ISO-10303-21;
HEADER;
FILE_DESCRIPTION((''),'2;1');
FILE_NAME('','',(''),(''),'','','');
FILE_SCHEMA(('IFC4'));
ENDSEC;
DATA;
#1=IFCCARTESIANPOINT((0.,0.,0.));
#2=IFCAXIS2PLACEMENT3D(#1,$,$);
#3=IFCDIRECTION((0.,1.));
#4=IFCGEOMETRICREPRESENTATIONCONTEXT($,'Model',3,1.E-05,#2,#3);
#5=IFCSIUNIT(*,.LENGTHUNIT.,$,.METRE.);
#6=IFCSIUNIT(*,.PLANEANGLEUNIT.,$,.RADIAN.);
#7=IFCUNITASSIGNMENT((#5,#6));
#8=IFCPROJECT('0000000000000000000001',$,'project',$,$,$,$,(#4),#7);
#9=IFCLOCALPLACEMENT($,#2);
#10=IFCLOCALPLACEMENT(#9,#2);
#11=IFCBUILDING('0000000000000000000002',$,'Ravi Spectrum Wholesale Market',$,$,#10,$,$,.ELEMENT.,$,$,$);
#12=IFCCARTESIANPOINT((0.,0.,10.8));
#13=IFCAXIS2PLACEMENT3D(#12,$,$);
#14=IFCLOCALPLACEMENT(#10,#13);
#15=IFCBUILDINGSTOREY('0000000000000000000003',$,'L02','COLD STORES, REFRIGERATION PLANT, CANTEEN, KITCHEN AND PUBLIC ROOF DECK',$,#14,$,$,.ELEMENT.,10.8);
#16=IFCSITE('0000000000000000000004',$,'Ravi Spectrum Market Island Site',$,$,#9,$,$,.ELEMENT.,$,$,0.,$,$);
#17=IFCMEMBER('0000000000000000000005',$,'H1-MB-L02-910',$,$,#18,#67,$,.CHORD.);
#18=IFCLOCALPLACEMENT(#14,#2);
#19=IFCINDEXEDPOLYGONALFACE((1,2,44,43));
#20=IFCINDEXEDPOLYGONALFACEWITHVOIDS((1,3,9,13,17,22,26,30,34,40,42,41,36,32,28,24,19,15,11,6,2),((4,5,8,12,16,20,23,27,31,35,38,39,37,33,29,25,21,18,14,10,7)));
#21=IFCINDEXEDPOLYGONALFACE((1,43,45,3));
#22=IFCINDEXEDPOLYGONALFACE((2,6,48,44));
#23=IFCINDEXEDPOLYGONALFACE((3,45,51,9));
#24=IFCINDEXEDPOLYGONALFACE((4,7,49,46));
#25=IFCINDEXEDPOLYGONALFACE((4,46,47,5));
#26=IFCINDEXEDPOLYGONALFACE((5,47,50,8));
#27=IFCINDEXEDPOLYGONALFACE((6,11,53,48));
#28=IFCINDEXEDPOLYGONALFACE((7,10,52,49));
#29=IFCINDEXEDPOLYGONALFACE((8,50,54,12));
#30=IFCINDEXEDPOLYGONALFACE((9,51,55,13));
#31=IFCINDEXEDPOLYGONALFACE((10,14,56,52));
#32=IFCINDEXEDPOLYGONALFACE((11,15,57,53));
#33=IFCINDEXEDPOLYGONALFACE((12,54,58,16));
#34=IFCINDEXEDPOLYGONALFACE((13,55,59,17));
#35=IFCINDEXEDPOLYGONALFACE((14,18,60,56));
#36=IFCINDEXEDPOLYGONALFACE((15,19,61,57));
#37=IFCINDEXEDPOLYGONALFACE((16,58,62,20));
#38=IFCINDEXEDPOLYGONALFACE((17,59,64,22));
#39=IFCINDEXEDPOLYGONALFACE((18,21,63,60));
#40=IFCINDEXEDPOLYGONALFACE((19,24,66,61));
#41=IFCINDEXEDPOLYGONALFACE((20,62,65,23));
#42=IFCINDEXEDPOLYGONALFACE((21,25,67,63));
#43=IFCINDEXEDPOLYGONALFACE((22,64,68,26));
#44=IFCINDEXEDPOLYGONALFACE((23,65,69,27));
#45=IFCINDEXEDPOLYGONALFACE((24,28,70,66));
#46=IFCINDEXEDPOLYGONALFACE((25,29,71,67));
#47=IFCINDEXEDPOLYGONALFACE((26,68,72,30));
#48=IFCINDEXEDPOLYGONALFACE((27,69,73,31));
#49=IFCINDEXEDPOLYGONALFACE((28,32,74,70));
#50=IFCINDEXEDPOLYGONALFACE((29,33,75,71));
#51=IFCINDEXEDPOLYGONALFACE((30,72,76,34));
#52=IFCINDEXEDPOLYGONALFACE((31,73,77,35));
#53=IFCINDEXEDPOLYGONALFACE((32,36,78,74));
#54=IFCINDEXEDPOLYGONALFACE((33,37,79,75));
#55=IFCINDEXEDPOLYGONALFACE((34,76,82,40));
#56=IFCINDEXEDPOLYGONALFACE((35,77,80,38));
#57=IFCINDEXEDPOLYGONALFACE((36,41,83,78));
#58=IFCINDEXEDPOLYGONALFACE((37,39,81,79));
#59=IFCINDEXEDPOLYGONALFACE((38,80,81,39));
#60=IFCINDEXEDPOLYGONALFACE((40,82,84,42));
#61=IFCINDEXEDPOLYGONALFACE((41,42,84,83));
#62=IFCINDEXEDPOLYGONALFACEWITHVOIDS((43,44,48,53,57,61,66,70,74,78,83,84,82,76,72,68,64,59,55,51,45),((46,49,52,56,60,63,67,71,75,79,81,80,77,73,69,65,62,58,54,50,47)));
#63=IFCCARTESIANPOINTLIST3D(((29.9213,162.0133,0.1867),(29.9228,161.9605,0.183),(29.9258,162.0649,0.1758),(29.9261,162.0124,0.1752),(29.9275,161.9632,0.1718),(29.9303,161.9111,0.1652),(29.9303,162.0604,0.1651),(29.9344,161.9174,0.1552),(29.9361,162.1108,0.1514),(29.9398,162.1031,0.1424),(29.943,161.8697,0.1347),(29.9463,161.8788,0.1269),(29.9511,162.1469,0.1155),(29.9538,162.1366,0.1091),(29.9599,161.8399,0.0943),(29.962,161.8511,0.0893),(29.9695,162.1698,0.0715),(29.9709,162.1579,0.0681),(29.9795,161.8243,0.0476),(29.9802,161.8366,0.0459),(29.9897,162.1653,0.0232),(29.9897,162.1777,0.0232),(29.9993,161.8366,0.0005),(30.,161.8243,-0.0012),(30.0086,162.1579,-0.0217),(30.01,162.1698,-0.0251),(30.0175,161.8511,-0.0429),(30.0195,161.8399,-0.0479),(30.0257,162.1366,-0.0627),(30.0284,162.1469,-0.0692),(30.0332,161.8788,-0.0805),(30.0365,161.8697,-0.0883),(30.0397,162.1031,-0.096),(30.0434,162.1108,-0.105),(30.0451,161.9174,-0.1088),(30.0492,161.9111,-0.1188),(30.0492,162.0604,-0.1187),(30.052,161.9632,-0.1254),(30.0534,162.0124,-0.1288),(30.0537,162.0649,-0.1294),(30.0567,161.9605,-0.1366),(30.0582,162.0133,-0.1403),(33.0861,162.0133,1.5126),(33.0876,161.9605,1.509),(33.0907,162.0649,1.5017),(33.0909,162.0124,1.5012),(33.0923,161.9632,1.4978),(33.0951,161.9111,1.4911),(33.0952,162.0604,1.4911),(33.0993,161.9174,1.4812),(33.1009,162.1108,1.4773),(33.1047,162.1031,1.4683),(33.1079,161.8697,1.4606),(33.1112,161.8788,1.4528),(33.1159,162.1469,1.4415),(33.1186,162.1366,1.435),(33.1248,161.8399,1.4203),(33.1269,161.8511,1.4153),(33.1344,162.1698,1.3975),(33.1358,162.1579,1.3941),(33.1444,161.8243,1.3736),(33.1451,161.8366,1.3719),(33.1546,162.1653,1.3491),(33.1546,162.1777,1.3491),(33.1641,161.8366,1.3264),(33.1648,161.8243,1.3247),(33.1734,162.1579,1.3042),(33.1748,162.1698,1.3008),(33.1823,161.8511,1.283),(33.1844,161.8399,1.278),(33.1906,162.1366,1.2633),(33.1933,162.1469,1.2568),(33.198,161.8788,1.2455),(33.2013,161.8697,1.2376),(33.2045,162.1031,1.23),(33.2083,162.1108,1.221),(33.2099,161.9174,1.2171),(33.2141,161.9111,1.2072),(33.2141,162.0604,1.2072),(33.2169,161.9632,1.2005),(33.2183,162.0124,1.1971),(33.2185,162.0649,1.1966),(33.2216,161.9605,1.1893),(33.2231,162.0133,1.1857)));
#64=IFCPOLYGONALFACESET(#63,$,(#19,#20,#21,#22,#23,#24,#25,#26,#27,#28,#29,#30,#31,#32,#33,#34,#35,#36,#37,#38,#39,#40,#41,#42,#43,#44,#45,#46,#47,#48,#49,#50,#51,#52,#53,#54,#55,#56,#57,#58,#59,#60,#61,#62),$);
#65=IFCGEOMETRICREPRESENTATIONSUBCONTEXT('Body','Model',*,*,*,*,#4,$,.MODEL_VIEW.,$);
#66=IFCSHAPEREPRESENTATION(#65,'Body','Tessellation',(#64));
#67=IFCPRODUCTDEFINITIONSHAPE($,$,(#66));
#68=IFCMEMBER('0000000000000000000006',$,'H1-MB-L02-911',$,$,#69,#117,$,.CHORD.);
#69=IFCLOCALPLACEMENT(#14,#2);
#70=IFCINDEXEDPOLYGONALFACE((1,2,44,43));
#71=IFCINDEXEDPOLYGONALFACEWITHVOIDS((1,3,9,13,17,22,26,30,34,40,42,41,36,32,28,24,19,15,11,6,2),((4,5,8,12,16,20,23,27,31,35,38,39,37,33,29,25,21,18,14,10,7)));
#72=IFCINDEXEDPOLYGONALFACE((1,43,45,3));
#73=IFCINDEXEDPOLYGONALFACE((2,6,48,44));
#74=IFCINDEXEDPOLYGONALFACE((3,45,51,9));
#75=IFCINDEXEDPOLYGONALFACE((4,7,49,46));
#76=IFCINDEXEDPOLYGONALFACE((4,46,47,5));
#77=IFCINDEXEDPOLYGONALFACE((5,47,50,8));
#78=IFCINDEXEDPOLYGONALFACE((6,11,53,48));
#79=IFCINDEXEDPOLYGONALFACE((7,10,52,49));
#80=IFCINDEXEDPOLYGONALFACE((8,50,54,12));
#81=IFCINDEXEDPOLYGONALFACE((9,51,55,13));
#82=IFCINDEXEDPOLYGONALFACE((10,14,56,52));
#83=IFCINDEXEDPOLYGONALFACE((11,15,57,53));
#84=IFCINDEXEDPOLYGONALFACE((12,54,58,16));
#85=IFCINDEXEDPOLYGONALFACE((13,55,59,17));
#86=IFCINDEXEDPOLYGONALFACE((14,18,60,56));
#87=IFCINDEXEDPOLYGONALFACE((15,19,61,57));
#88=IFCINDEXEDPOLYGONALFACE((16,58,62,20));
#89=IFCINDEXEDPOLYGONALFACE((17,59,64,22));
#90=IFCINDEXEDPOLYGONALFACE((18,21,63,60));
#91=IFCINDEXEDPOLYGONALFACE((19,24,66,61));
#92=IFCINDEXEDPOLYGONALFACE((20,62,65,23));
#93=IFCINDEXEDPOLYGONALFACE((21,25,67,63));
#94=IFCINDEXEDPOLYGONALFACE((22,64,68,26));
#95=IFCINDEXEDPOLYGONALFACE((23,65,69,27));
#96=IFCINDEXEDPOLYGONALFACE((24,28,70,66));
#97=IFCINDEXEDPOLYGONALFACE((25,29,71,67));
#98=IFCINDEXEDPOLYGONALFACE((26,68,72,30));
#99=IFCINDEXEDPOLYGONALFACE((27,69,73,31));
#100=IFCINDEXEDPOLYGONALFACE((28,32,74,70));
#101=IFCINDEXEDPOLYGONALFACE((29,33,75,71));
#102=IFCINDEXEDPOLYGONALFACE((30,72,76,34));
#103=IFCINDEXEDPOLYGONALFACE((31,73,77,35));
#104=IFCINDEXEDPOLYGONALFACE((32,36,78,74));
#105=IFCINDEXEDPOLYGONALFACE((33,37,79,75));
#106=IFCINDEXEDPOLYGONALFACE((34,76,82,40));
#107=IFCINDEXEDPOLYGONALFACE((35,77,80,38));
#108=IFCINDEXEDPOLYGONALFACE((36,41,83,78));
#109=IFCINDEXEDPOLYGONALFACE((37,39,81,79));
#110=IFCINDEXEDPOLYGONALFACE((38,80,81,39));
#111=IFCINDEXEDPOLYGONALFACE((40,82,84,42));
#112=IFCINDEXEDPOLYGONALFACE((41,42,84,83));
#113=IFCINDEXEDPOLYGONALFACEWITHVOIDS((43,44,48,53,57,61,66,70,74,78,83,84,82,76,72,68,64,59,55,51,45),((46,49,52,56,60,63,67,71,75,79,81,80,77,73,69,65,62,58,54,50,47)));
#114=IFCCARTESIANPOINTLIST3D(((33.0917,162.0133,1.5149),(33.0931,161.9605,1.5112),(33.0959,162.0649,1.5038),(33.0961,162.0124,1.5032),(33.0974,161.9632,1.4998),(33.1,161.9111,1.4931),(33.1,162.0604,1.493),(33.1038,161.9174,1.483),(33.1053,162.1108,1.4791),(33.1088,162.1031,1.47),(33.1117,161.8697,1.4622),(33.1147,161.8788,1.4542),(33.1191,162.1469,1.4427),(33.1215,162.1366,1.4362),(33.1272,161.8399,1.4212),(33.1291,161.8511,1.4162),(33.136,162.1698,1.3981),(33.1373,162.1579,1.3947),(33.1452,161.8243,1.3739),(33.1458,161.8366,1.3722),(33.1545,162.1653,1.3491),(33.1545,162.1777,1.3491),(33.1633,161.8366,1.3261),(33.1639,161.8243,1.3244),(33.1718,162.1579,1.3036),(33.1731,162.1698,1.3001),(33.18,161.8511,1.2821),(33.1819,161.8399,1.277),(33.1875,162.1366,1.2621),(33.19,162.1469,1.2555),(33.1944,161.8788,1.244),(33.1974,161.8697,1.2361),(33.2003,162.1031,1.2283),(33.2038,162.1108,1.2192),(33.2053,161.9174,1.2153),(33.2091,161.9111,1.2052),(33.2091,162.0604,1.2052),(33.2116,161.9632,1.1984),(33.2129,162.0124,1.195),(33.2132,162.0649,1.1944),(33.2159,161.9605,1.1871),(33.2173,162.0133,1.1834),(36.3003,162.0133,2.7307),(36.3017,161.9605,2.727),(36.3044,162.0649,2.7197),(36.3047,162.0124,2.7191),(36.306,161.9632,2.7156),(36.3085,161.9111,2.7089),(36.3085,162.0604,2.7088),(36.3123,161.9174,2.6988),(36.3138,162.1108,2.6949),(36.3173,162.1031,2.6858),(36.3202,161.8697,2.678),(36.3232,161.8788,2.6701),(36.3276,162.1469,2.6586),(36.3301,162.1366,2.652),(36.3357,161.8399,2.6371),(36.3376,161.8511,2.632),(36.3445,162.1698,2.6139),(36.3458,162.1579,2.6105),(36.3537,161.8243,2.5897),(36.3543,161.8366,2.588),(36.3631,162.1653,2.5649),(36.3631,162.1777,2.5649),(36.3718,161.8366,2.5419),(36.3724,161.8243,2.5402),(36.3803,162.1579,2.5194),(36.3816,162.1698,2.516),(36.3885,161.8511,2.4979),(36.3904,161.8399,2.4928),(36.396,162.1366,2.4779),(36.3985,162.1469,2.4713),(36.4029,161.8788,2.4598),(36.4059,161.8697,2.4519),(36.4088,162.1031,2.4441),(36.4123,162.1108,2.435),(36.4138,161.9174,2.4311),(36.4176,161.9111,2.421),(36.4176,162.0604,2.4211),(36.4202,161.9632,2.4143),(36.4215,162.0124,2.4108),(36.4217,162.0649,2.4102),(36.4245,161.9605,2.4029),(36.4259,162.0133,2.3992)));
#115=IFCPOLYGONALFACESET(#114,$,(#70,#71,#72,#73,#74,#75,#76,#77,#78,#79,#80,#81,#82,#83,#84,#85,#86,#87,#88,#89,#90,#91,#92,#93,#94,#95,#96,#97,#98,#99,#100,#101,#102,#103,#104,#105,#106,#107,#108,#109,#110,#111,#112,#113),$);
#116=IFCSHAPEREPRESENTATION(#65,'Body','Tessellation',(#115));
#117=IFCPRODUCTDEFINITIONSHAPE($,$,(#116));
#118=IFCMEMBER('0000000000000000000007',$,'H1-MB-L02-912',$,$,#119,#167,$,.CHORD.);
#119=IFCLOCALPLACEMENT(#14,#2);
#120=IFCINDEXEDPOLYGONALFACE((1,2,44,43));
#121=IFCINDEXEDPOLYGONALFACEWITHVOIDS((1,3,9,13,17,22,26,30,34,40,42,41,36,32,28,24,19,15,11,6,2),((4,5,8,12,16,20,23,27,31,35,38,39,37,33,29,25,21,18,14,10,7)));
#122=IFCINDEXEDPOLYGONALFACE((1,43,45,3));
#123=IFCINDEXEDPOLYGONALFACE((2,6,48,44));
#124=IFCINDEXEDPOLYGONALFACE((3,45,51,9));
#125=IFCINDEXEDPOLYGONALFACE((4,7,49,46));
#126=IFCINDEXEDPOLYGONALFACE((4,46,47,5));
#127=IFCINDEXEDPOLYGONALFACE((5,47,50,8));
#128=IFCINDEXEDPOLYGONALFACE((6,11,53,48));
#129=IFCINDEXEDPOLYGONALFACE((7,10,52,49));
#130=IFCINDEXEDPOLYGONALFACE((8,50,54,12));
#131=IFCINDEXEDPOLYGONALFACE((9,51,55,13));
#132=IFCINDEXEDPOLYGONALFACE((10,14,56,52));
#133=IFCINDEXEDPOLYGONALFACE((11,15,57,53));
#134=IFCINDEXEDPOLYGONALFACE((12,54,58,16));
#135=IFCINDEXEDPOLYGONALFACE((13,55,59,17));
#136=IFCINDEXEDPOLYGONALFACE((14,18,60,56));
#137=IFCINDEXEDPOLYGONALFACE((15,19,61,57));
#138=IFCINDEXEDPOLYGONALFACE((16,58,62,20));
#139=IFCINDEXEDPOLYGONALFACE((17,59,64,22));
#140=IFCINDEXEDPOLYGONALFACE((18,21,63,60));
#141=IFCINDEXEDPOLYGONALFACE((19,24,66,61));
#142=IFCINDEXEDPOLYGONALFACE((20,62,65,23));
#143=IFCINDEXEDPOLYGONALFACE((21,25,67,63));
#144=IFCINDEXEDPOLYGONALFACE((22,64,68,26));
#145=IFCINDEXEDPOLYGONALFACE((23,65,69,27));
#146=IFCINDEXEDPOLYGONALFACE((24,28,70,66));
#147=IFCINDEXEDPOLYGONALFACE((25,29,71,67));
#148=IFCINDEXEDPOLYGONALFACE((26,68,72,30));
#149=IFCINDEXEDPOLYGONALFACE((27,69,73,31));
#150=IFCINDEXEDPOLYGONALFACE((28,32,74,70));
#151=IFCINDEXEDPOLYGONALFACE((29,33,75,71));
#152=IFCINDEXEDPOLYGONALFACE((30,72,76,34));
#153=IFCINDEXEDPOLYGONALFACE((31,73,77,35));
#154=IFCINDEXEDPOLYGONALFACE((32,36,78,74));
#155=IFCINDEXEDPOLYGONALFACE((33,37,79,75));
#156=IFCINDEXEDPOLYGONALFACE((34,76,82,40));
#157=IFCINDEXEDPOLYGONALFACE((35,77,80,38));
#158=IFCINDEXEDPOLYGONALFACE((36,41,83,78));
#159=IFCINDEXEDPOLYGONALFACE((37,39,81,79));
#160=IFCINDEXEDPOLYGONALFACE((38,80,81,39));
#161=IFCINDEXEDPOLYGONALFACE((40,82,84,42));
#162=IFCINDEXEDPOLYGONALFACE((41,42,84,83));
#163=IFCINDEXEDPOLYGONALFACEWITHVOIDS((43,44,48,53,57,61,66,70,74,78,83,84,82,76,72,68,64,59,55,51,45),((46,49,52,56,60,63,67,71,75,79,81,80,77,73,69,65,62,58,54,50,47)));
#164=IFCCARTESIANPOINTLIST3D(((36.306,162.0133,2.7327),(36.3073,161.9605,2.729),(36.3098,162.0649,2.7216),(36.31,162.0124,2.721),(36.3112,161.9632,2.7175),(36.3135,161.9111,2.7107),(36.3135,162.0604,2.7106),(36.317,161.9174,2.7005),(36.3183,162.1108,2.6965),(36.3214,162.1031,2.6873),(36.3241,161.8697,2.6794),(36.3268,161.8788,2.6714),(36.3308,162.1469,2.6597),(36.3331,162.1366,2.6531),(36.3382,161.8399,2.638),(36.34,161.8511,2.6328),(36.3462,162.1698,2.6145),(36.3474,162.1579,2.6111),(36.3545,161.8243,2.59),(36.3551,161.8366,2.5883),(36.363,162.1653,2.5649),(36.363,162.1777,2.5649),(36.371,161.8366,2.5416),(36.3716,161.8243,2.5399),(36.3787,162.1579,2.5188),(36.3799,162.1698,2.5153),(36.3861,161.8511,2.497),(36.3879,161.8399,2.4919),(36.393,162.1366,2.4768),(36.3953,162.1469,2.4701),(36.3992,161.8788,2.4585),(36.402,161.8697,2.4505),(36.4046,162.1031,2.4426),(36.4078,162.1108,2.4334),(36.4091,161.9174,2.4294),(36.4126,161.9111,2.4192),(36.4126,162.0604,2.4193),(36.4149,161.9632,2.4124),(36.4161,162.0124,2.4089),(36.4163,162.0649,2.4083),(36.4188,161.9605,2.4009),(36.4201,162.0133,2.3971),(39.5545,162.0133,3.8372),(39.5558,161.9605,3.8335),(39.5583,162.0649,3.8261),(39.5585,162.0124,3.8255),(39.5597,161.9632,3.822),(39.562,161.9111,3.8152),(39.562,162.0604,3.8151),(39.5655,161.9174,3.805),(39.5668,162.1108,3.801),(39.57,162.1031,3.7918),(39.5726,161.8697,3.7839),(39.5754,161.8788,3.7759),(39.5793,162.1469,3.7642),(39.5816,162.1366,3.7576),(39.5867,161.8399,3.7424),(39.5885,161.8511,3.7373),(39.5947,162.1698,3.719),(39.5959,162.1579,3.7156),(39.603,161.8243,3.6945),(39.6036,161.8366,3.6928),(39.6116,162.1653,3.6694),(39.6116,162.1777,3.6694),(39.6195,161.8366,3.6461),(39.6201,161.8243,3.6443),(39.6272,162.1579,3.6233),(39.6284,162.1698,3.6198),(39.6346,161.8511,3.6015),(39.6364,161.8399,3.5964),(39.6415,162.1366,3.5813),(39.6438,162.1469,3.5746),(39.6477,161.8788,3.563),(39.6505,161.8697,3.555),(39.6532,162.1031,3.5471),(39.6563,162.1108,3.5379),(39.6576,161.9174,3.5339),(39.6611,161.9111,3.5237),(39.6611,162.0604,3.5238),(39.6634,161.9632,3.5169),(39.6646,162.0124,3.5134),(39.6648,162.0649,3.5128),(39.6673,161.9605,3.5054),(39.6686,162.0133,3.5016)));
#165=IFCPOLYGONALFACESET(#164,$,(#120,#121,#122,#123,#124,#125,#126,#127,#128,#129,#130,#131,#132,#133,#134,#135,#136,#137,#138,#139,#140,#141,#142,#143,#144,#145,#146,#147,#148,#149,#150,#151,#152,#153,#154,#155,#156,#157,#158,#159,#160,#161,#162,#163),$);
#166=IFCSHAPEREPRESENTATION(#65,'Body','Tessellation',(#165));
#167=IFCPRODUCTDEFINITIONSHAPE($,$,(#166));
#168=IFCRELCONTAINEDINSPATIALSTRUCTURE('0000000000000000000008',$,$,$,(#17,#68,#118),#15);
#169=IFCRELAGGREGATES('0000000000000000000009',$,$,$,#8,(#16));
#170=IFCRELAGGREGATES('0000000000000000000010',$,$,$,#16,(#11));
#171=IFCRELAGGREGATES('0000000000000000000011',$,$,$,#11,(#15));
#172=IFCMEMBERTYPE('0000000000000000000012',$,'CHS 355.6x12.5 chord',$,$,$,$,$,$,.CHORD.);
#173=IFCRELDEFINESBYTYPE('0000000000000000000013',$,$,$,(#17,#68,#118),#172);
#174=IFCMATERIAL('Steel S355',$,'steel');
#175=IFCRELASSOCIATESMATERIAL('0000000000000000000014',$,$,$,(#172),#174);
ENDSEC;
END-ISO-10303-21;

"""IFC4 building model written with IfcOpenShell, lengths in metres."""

from ifc_helpers import new_model, si_unit, direction, frame, origin, origin_2d, place, context, subcontext, project, spatial, hollow_circle, extrude, material, material_profile, profile_set, type_object, element, save


model = new_model("IFC4")

# Units and contexts
model_context = context("Model", 3, precision=1e-05, world=origin(), true_north=direction((0.0, 1.0)))
body_context = subcontext(model_context, "Body", "Model", "MODEL_VIEW")
ifc_project = project(units=[si_unit("LENGTHUNIT", "METRE"), si_unit("PLANEANGLEUNIT", "RADIAN")], contexts=[model_context])

# Site, building, storey
site_placement = place(None, origin())
site = spatial("IfcSite", under=ifc_project, at=site_placement, Name="Ravi Spectrum Market Island Site", CompositionType="ELEMENT", RefElevation=0.0)
building_placement = place(site_placement, origin())
building = spatial("IfcBuilding", under=site, at=building_placement, Name="Ravi Spectrum Wholesale Market", CompositionType="ELEMENT")
storey_placement = place(building_placement, frame((0.0, 0.0, 10.8)))
storey = spatial("IfcBuildingStorey", under=building, at=storey_placement, Name="L02", Description="COLD STORES, REFRIGERATION PLANT, CANTEEN, KITCHEN AND PUBLIC ROOF DECK", CompositionType="ELEMENT", Elevation=10.8)

# Members
ifc_material_1 = material(Name="Steel S355", Category="steel")
ifc_material_profile_1 = material_profile(ifc_material_1, hollow_circle(Radius=0.1777, WallThickness=0.0125, at=origin_2d()))
ifc_profile_set_1 = profile_set([ifc_material_profile_1], Name="Steel S355")
member_type_1 = type_object("IfcMemberType", Name="CHS 355.6x12.5 chord", PredefinedType="CHORD", material=ifc_profile_set_1)
member_1_placement = place(storey_placement, frame((29.9897, 162.0, 0.0232), z_axis=(0.922324, 0.0, 0.386418), x_axis=(0.0, 1.0, 0.0)))
element("IfcMember", 1, at=member_1_placement, inside=storey, type_object=member_type_1, Name="H1-MB-L02-910", PredefinedType="CHORD", context=body_context, shape_type="SweptSolid", body=[
    extrude(hollow_circle(Radius=0.1777, WallThickness=0.0125, at=origin_2d()), origin(), (0.0, 0.0, 1.0), 3.4314),
])
for number, where, z_axis, x_axis, name in (
    (2, (33.1545, 162.0, 1.3491), (0.935113, 0.0, 0.35435), (0.0, 1.0, 0.0), "H1-MB-L02-911"),
    (3, (36.363, 162.0, 2.5649), (0.946774, 0.0, 0.3219), (0.0, 1.0, 0.0), "H1-MB-L02-912"),
):
    element("IfcMember", number, at=place(storey_placement, frame(where, z_axis=z_axis, x_axis=x_axis)), inside=storey, type_object=member_type_1, Name=name, PredefinedType="CHORD", context=body_context, shape_type="SweptSolid", body=[
        extrude(hollow_circle(Radius=0.1777, WallThickness=0.0125, at=origin_2d()), origin(), (0.0, 0.0, 1.0), 3.4312),
    ])

save(model, "model.ifc")
